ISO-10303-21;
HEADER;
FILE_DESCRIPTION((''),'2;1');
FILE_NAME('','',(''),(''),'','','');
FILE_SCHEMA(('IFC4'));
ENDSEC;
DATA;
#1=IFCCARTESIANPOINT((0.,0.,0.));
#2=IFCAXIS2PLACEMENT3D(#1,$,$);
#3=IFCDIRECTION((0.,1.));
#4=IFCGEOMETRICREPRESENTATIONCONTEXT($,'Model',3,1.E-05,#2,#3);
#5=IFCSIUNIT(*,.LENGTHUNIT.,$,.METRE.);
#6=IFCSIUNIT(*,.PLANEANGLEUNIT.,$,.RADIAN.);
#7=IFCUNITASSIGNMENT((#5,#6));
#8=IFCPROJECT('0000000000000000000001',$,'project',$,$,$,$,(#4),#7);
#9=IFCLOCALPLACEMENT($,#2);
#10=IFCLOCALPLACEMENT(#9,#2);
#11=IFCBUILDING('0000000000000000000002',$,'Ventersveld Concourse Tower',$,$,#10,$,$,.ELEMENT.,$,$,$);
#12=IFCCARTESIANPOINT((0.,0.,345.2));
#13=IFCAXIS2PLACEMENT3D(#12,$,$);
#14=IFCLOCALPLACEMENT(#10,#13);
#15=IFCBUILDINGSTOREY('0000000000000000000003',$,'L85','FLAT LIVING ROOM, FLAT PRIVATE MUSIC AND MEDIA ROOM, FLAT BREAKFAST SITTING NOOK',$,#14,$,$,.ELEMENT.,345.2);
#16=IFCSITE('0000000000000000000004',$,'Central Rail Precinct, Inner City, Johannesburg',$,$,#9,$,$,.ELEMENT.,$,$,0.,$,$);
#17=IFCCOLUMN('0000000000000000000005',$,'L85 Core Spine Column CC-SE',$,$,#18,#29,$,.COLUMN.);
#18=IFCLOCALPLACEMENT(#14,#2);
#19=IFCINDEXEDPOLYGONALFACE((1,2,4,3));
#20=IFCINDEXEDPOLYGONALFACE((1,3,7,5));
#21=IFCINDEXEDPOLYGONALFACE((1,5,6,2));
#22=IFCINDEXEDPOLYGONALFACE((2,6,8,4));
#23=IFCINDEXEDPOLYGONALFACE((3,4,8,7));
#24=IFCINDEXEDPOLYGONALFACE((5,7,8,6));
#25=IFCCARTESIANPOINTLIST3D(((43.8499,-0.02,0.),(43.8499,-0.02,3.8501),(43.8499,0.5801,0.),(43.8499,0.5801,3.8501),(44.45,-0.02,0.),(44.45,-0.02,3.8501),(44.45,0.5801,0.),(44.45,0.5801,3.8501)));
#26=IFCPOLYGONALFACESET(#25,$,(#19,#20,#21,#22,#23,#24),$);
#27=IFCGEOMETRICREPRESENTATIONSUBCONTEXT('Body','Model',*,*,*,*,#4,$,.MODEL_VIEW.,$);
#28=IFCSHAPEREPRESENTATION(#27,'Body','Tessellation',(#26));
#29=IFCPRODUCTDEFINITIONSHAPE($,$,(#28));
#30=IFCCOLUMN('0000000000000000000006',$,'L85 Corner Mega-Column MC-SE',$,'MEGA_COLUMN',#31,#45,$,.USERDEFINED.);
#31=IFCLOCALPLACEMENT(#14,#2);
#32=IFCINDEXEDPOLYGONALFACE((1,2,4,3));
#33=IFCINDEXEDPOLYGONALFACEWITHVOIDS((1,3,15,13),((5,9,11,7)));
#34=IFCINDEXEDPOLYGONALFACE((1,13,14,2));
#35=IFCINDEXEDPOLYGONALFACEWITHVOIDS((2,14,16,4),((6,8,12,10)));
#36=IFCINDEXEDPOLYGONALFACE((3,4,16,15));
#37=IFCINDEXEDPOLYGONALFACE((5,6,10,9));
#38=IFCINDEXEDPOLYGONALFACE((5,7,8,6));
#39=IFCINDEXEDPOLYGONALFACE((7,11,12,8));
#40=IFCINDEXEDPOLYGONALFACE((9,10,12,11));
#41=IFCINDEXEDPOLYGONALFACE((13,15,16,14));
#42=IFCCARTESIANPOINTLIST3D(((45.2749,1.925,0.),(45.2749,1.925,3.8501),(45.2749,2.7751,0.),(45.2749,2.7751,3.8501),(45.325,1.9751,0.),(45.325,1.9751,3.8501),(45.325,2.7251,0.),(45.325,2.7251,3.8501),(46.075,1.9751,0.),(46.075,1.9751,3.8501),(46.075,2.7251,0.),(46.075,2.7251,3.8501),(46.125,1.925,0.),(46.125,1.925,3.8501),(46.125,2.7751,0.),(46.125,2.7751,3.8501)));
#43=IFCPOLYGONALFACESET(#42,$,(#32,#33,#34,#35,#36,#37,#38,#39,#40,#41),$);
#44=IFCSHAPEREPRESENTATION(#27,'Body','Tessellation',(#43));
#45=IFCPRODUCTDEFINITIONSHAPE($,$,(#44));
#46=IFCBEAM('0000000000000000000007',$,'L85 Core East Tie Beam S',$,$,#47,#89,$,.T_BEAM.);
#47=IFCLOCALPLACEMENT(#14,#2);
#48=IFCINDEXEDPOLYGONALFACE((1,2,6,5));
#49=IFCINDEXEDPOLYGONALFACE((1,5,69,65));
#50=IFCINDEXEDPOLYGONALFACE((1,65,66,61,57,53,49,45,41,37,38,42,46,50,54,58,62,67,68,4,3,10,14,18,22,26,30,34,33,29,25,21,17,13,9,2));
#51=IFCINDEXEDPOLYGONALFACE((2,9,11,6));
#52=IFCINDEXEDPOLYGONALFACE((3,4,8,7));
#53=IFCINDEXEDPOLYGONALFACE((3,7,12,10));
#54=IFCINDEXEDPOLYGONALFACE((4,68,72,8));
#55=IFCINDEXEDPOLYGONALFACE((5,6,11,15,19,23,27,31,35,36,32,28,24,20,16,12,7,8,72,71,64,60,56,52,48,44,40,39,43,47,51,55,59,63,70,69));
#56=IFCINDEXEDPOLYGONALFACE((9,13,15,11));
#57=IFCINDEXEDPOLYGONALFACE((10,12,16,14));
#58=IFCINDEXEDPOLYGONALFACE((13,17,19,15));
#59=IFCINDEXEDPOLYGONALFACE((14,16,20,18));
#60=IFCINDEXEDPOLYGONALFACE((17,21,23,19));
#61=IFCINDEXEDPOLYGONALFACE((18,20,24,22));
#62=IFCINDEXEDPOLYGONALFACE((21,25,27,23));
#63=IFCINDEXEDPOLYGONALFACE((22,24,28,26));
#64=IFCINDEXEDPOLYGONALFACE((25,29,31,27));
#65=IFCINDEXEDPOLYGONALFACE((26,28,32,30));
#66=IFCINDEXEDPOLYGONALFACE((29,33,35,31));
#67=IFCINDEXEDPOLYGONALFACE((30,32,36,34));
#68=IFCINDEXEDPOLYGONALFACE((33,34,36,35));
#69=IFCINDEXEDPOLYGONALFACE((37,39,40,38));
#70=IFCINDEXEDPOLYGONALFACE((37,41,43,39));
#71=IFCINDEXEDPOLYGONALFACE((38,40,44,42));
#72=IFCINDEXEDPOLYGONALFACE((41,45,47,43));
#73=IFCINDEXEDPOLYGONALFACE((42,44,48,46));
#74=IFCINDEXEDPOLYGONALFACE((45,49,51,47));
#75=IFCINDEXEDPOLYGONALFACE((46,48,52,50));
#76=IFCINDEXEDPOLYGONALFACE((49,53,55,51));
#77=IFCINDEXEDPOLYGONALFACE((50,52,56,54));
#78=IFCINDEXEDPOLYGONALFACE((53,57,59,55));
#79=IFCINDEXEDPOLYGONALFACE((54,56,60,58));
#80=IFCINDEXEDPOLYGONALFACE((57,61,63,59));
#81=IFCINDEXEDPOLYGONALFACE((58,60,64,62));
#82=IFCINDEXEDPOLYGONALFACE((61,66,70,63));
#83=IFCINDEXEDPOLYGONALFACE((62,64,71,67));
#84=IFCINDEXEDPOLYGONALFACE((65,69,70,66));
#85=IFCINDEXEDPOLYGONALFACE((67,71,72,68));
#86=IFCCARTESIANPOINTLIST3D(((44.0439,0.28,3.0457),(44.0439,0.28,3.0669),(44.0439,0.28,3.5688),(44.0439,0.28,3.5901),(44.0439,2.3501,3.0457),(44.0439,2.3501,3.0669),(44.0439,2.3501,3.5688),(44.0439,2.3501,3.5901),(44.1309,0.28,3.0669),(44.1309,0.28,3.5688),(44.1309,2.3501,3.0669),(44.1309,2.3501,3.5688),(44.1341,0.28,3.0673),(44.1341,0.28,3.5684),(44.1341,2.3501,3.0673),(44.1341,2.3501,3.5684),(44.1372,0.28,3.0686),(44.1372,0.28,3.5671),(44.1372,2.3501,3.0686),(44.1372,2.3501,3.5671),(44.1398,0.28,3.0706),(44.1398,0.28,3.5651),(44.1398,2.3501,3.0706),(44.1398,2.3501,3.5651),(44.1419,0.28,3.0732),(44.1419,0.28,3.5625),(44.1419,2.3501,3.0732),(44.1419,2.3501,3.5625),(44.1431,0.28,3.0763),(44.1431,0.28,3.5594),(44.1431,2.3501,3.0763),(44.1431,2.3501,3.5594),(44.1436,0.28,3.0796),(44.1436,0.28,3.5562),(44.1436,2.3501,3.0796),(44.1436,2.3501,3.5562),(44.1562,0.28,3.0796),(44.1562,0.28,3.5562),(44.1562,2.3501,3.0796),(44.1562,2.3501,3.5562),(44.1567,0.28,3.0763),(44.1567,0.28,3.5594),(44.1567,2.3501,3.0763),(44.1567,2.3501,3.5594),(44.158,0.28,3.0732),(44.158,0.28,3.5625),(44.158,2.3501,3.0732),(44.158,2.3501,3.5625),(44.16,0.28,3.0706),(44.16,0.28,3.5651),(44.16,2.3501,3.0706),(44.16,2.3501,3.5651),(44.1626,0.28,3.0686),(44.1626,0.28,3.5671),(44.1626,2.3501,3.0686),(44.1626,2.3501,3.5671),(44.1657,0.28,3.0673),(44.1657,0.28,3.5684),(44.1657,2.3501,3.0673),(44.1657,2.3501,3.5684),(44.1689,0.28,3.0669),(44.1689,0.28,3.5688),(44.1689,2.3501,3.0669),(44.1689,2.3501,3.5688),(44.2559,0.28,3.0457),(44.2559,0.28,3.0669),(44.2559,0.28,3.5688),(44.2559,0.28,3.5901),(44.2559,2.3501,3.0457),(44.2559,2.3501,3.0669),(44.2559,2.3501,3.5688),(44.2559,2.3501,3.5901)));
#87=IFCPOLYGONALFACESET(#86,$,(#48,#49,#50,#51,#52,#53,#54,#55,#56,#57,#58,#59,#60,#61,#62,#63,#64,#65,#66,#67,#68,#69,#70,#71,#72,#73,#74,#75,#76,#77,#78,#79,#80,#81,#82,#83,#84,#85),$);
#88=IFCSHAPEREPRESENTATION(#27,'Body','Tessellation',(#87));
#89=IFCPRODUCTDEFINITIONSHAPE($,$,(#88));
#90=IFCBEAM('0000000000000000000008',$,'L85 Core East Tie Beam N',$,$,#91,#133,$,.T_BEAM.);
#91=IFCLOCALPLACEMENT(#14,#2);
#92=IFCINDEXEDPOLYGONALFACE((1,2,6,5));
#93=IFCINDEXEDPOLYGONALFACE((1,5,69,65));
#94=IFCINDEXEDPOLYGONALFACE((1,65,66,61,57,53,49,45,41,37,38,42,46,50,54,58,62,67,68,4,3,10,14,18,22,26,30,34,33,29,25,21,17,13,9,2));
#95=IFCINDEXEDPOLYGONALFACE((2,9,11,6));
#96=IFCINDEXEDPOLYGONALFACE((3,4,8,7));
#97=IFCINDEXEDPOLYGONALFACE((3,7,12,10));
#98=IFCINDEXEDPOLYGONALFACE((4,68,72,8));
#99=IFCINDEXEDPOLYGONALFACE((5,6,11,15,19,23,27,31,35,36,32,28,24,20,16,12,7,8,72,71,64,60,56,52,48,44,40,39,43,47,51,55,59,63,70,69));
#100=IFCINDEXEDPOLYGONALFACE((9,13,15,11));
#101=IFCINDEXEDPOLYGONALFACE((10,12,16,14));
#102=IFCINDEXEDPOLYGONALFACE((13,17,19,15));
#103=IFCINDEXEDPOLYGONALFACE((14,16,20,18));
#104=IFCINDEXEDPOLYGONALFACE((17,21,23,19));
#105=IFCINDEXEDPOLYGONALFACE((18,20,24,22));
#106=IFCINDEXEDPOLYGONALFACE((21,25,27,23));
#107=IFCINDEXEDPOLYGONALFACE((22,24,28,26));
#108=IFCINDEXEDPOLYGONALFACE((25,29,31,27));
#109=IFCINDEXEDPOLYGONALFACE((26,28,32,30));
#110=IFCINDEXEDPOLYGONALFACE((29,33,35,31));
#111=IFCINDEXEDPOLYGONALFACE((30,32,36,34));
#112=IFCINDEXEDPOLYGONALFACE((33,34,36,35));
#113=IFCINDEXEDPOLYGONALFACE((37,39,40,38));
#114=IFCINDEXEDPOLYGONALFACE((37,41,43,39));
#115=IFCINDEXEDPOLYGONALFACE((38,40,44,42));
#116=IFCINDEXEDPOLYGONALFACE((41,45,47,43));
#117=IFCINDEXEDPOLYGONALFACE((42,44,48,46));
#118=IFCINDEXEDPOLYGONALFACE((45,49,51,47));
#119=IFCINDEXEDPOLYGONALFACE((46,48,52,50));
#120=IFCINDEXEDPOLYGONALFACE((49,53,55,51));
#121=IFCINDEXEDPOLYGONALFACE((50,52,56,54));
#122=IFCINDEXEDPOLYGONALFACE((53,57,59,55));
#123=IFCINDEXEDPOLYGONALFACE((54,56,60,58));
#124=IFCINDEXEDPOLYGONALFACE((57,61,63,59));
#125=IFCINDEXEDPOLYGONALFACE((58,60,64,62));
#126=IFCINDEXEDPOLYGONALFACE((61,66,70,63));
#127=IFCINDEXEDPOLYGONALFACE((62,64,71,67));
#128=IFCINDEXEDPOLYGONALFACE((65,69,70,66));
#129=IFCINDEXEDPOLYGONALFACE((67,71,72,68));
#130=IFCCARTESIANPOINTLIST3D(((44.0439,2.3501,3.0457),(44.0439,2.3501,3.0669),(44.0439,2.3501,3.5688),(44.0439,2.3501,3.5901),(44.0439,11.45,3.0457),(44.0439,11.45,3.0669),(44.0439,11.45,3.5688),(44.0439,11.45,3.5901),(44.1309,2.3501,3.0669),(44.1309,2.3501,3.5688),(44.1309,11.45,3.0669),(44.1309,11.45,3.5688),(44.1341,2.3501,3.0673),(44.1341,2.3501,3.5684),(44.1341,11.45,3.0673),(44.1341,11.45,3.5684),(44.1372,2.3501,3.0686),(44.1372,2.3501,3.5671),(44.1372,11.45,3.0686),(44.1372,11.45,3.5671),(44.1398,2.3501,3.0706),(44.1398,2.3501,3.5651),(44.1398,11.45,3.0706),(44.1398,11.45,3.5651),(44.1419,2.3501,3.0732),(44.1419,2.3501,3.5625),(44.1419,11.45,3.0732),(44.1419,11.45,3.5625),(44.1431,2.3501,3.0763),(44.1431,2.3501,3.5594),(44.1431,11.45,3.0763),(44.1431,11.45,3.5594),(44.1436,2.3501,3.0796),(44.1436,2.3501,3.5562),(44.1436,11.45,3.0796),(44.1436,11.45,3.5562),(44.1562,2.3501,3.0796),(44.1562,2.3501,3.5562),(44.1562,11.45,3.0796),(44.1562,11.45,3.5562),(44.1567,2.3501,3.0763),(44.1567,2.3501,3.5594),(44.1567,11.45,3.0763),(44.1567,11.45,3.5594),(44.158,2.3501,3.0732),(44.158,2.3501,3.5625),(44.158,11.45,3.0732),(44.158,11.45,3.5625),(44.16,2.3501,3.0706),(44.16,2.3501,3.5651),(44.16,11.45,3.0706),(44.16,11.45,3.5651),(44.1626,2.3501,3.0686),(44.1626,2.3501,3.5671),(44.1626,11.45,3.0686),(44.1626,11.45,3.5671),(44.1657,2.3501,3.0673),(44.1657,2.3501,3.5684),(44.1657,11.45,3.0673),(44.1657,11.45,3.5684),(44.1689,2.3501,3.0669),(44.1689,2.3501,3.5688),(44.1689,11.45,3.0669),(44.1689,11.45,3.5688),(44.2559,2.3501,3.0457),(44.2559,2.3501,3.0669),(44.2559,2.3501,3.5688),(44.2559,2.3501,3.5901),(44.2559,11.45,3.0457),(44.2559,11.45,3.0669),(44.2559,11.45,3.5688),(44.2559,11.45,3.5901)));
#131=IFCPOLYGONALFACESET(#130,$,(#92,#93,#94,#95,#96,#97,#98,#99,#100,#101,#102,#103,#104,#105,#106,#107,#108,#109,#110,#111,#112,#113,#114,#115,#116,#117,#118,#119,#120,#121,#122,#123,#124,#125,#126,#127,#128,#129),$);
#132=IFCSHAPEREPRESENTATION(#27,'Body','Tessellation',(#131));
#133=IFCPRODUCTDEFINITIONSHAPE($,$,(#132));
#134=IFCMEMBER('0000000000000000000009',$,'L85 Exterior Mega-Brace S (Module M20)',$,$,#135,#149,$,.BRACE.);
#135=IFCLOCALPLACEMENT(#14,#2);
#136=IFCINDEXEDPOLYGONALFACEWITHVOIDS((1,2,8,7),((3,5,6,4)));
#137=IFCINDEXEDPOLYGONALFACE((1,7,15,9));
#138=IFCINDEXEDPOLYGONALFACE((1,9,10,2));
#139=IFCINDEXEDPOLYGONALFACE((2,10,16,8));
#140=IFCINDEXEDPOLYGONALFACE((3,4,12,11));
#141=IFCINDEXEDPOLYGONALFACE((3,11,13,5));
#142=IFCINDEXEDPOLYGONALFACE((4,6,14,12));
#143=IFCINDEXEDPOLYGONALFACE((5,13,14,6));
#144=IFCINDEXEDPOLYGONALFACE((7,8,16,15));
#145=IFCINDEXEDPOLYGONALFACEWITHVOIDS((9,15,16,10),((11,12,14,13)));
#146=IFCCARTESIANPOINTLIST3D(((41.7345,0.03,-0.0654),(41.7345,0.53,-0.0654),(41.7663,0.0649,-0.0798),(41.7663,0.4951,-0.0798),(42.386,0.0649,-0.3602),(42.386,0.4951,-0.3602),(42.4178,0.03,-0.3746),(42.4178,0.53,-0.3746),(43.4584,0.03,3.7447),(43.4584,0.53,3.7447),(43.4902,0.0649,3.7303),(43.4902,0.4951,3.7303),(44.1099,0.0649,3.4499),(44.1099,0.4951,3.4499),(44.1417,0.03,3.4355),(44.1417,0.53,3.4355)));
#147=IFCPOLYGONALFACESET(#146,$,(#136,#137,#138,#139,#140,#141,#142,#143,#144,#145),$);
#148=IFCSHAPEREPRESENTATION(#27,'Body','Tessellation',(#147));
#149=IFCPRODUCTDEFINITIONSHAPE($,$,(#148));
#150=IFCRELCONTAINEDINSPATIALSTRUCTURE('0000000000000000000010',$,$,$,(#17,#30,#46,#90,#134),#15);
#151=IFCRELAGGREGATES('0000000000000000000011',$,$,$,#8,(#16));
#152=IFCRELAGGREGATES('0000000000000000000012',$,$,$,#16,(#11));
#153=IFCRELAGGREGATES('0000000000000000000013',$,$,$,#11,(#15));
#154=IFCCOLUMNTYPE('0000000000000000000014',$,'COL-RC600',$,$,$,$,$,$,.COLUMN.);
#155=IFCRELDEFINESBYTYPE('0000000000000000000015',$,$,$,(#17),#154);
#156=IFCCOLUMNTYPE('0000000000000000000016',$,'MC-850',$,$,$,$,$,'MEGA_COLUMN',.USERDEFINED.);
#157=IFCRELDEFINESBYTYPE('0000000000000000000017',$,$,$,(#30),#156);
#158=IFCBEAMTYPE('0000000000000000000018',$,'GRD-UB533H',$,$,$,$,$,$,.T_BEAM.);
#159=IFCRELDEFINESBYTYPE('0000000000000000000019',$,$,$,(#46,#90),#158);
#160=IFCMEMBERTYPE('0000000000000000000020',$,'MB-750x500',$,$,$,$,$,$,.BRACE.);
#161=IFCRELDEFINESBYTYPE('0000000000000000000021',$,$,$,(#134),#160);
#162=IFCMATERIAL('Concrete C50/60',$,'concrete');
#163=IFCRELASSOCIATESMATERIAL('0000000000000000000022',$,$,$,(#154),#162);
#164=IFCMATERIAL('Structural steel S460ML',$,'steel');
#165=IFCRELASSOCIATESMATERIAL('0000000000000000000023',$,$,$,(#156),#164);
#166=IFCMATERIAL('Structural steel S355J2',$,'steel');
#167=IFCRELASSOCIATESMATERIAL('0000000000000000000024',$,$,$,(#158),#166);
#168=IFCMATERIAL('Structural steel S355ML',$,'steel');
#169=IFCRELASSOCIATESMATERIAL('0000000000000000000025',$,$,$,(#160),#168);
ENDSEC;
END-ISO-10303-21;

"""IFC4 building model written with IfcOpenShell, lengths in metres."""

from ifc_helpers import new_model, si_unit, direction, frame, origin, origin_2d, place, context, subcontext, project, spatial, rectangle, hollow_rectangle, i_section, extrude, material, material_profile, profile_set, type_object, element, save


model = new_model("IFC4")

# Units and contexts
model_context = context("Model", 3, precision=1e-05, world=origin(), true_north=direction((0.0, 1.0)))
body_context = subcontext(model_context, "Body", "Model", "MODEL_VIEW")
ifc_project = project(units=[si_unit("LENGTHUNIT", "METRE"), si_unit("PLANEANGLEUNIT", "RADIAN")], contexts=[model_context])

# Site, building, storey
site_placement = place(None, origin())
site = spatial("IfcSite", under=ifc_project, at=site_placement, Name="Central Rail Precinct, Inner City, Johannesburg", CompositionType="ELEMENT", RefElevation=0.0)
building_placement = place(site_placement, origin())
building = spatial("IfcBuilding", under=site, at=building_placement, Name="Ventersveld Concourse Tower", CompositionType="ELEMENT")
storey_placement = place(building_placement, frame((0.0, 0.0, 345.2)))
storey = spatial("IfcBuildingStorey", under=building, at=storey_placement, Name="L85", Description="FLAT LIVING ROOM, FLAT PRIVATE MUSIC AND MEDIA ROOM, FLAT BREAKFAST SITTING NOOK", CompositionType="ELEMENT", Elevation=345.2)

# Columns
ifc_material_1 = material(Name="Concrete C50/60", Category="concrete")
ifc_material_profile_1 = material_profile(ifc_material_1, rectangle(XDim=0.6001, YDim=0.6001, at=origin_2d()), Name="RC 600x600")
ifc_profile_set_1 = profile_set([ifc_material_profile_1], Name="Concrete C50/60")
column_type_1 = type_object("IfcColumnType", Name="COL-RC600", PredefinedType="COLUMN", material=ifc_profile_set_1)
column_1_placement = place(storey_placement, frame((44.1499, 0.28, 0.0), z_axis=(0.0, 0.0, 1.0), x_axis=(1.0, 0.0, 0.0)))
element("IfcColumn", 1, at=column_1_placement, inside=storey, type_object=column_type_1, Name="L85 Core Spine Column CC-SE", PredefinedType="COLUMN", context=body_context, shape_type="SweptSolid", body=[
    extrude(rectangle(XDim=0.6001, YDim=0.6001, at=origin_2d()), origin(), (0.0, 0.0, 1.0), 3.8501),
])
ifc_material_2 = material(Name="Structural steel S460ML", Category="steel")
ifc_material_profile_2 = material_profile(ifc_material_2, hollow_rectangle(XDim=0.8501, YDim=0.8501, WallThickness=0.05, at=origin_2d()), Name="BOX 850x850x50")
ifc_profile_set_2 = profile_set([ifc_material_profile_2], Name="Structural steel S460ML")
column_type_2 = type_object("IfcColumnType", Name="MC-850", ElementType="MEGA_COLUMN", PredefinedType="USERDEFINED", material=ifc_profile_set_2)
column_2_placement = place(storey_placement, frame((45.7, 2.3501, 0.0), z_axis=(0.0, 0.0, 1.0), x_axis=(1.0, 0.0, 0.0)))
element("IfcColumn", 2, at=column_2_placement, inside=storey, type_object=column_type_2, Name="L85 Corner Mega-Column MC-SE", ObjectType="MEGA_COLUMN", PredefinedType="USERDEFINED", context=body_context, shape_type="SweptSolid", body=[
    extrude(hollow_rectangle(XDim=0.8501, YDim=0.8501, WallThickness=0.05, at=origin_2d()), origin(), (0.0, 0.0, 1.0), 3.8501),
])

# Beams
ifc_material_3 = material(Name="Structural steel S355J2", Category="steel")
ifc_material_profile_3 = material_profile(ifc_material_3, i_section(OverallWidth=0.2119, OverallDepth=0.5444, WebThickness=0.0127, FlangeThickness=0.0212, FilletRadius=0.0127, at=origin_2d()), Name="UB 533x210x122")
ifc_profile_set_3 = profile_set([ifc_material_profile_3], Name="Structural steel S355J2")
beam_type_1 = type_object("IfcBeamType", Name="GRD-UB533H", PredefinedType="T_BEAM", material=ifc_profile_set_3)
beam_1_placement = place(storey_placement, frame((44.1499, 0.28, 3.3179), z_axis=(0.0, 1.0, 0.0), x_axis=(-1.0, 0.0, 0.0)))
element("IfcBeam", 3, at=beam_1_placement, inside=storey, type_object=beam_type_1, Name="L85 Core East Tie Beam S", PredefinedType="T_BEAM", context=body_context, shape_type="SweptSolid", body=[
    extrude(i_section(OverallWidth=0.2119, OverallDepth=0.5444, WebThickness=0.0127, FlangeThickness=0.0212, FilletRadius=0.0127, at=origin_2d()), origin(), (0.0, 0.0, 1.0), 2.0701),
])
beam_2_placement = place(storey_placement, frame((44.1499, 2.3501, 3.3179), z_axis=(0.0, 1.0, 0.0), x_axis=(-1.0, 0.0, 0.0)))
element("IfcBeam", 4, at=beam_2_placement, inside=storey, type_object=beam_type_1, Name="L85 Core East Tie Beam N", PredefinedType="T_BEAM", context=body_context, shape_type="SweptSolid", body=[
    extrude(i_section(OverallWidth=0.2119, OverallDepth=0.5444, WebThickness=0.0127, FlangeThickness=0.0212, FilletRadius=0.0127, at=origin_2d()), origin(), (0.0, 0.0, 1.0), 9.0999),
])

# Member
ifc_material_4 = material(Name="Structural steel S355ML", Category="steel")
ifc_material_profile_4 = material_profile(ifc_material_4, hollow_rectangle(XDim=0.5, YDim=0.75, WallThickness=0.0349, at=origin_2d()), Name="BOX 750x500x35")
ifc_profile_set_4 = profile_set([ifc_material_profile_4], Name="Structural steel S355ML")
member_type = type_object("IfcMemberType", Name="MB-750x500", PredefinedType="BRACE", material=ifc_profile_set_4)
member_placement = place(storey_placement, frame((42.0762, 0.28, -0.22), z_axis=(0.412223, 0.0, 0.911083), x_axis=(0.0, 1.0, 0.0)))
element("IfcMember", 5, at=member_placement, inside=storey, type_object=member_type, Name="L85 Exterior Mega-Brace S (Module M20)", PredefinedType="BRACE", context=body_context, shape_type="SweptSolid", body=[
    extrude(hollow_rectangle(XDim=0.5, YDim=0.75, WallThickness=0.0349, at=origin_2d()), origin(), (0.0, 0.0, 1.0), 4.1819),
])

save(model, "model.ifc")
